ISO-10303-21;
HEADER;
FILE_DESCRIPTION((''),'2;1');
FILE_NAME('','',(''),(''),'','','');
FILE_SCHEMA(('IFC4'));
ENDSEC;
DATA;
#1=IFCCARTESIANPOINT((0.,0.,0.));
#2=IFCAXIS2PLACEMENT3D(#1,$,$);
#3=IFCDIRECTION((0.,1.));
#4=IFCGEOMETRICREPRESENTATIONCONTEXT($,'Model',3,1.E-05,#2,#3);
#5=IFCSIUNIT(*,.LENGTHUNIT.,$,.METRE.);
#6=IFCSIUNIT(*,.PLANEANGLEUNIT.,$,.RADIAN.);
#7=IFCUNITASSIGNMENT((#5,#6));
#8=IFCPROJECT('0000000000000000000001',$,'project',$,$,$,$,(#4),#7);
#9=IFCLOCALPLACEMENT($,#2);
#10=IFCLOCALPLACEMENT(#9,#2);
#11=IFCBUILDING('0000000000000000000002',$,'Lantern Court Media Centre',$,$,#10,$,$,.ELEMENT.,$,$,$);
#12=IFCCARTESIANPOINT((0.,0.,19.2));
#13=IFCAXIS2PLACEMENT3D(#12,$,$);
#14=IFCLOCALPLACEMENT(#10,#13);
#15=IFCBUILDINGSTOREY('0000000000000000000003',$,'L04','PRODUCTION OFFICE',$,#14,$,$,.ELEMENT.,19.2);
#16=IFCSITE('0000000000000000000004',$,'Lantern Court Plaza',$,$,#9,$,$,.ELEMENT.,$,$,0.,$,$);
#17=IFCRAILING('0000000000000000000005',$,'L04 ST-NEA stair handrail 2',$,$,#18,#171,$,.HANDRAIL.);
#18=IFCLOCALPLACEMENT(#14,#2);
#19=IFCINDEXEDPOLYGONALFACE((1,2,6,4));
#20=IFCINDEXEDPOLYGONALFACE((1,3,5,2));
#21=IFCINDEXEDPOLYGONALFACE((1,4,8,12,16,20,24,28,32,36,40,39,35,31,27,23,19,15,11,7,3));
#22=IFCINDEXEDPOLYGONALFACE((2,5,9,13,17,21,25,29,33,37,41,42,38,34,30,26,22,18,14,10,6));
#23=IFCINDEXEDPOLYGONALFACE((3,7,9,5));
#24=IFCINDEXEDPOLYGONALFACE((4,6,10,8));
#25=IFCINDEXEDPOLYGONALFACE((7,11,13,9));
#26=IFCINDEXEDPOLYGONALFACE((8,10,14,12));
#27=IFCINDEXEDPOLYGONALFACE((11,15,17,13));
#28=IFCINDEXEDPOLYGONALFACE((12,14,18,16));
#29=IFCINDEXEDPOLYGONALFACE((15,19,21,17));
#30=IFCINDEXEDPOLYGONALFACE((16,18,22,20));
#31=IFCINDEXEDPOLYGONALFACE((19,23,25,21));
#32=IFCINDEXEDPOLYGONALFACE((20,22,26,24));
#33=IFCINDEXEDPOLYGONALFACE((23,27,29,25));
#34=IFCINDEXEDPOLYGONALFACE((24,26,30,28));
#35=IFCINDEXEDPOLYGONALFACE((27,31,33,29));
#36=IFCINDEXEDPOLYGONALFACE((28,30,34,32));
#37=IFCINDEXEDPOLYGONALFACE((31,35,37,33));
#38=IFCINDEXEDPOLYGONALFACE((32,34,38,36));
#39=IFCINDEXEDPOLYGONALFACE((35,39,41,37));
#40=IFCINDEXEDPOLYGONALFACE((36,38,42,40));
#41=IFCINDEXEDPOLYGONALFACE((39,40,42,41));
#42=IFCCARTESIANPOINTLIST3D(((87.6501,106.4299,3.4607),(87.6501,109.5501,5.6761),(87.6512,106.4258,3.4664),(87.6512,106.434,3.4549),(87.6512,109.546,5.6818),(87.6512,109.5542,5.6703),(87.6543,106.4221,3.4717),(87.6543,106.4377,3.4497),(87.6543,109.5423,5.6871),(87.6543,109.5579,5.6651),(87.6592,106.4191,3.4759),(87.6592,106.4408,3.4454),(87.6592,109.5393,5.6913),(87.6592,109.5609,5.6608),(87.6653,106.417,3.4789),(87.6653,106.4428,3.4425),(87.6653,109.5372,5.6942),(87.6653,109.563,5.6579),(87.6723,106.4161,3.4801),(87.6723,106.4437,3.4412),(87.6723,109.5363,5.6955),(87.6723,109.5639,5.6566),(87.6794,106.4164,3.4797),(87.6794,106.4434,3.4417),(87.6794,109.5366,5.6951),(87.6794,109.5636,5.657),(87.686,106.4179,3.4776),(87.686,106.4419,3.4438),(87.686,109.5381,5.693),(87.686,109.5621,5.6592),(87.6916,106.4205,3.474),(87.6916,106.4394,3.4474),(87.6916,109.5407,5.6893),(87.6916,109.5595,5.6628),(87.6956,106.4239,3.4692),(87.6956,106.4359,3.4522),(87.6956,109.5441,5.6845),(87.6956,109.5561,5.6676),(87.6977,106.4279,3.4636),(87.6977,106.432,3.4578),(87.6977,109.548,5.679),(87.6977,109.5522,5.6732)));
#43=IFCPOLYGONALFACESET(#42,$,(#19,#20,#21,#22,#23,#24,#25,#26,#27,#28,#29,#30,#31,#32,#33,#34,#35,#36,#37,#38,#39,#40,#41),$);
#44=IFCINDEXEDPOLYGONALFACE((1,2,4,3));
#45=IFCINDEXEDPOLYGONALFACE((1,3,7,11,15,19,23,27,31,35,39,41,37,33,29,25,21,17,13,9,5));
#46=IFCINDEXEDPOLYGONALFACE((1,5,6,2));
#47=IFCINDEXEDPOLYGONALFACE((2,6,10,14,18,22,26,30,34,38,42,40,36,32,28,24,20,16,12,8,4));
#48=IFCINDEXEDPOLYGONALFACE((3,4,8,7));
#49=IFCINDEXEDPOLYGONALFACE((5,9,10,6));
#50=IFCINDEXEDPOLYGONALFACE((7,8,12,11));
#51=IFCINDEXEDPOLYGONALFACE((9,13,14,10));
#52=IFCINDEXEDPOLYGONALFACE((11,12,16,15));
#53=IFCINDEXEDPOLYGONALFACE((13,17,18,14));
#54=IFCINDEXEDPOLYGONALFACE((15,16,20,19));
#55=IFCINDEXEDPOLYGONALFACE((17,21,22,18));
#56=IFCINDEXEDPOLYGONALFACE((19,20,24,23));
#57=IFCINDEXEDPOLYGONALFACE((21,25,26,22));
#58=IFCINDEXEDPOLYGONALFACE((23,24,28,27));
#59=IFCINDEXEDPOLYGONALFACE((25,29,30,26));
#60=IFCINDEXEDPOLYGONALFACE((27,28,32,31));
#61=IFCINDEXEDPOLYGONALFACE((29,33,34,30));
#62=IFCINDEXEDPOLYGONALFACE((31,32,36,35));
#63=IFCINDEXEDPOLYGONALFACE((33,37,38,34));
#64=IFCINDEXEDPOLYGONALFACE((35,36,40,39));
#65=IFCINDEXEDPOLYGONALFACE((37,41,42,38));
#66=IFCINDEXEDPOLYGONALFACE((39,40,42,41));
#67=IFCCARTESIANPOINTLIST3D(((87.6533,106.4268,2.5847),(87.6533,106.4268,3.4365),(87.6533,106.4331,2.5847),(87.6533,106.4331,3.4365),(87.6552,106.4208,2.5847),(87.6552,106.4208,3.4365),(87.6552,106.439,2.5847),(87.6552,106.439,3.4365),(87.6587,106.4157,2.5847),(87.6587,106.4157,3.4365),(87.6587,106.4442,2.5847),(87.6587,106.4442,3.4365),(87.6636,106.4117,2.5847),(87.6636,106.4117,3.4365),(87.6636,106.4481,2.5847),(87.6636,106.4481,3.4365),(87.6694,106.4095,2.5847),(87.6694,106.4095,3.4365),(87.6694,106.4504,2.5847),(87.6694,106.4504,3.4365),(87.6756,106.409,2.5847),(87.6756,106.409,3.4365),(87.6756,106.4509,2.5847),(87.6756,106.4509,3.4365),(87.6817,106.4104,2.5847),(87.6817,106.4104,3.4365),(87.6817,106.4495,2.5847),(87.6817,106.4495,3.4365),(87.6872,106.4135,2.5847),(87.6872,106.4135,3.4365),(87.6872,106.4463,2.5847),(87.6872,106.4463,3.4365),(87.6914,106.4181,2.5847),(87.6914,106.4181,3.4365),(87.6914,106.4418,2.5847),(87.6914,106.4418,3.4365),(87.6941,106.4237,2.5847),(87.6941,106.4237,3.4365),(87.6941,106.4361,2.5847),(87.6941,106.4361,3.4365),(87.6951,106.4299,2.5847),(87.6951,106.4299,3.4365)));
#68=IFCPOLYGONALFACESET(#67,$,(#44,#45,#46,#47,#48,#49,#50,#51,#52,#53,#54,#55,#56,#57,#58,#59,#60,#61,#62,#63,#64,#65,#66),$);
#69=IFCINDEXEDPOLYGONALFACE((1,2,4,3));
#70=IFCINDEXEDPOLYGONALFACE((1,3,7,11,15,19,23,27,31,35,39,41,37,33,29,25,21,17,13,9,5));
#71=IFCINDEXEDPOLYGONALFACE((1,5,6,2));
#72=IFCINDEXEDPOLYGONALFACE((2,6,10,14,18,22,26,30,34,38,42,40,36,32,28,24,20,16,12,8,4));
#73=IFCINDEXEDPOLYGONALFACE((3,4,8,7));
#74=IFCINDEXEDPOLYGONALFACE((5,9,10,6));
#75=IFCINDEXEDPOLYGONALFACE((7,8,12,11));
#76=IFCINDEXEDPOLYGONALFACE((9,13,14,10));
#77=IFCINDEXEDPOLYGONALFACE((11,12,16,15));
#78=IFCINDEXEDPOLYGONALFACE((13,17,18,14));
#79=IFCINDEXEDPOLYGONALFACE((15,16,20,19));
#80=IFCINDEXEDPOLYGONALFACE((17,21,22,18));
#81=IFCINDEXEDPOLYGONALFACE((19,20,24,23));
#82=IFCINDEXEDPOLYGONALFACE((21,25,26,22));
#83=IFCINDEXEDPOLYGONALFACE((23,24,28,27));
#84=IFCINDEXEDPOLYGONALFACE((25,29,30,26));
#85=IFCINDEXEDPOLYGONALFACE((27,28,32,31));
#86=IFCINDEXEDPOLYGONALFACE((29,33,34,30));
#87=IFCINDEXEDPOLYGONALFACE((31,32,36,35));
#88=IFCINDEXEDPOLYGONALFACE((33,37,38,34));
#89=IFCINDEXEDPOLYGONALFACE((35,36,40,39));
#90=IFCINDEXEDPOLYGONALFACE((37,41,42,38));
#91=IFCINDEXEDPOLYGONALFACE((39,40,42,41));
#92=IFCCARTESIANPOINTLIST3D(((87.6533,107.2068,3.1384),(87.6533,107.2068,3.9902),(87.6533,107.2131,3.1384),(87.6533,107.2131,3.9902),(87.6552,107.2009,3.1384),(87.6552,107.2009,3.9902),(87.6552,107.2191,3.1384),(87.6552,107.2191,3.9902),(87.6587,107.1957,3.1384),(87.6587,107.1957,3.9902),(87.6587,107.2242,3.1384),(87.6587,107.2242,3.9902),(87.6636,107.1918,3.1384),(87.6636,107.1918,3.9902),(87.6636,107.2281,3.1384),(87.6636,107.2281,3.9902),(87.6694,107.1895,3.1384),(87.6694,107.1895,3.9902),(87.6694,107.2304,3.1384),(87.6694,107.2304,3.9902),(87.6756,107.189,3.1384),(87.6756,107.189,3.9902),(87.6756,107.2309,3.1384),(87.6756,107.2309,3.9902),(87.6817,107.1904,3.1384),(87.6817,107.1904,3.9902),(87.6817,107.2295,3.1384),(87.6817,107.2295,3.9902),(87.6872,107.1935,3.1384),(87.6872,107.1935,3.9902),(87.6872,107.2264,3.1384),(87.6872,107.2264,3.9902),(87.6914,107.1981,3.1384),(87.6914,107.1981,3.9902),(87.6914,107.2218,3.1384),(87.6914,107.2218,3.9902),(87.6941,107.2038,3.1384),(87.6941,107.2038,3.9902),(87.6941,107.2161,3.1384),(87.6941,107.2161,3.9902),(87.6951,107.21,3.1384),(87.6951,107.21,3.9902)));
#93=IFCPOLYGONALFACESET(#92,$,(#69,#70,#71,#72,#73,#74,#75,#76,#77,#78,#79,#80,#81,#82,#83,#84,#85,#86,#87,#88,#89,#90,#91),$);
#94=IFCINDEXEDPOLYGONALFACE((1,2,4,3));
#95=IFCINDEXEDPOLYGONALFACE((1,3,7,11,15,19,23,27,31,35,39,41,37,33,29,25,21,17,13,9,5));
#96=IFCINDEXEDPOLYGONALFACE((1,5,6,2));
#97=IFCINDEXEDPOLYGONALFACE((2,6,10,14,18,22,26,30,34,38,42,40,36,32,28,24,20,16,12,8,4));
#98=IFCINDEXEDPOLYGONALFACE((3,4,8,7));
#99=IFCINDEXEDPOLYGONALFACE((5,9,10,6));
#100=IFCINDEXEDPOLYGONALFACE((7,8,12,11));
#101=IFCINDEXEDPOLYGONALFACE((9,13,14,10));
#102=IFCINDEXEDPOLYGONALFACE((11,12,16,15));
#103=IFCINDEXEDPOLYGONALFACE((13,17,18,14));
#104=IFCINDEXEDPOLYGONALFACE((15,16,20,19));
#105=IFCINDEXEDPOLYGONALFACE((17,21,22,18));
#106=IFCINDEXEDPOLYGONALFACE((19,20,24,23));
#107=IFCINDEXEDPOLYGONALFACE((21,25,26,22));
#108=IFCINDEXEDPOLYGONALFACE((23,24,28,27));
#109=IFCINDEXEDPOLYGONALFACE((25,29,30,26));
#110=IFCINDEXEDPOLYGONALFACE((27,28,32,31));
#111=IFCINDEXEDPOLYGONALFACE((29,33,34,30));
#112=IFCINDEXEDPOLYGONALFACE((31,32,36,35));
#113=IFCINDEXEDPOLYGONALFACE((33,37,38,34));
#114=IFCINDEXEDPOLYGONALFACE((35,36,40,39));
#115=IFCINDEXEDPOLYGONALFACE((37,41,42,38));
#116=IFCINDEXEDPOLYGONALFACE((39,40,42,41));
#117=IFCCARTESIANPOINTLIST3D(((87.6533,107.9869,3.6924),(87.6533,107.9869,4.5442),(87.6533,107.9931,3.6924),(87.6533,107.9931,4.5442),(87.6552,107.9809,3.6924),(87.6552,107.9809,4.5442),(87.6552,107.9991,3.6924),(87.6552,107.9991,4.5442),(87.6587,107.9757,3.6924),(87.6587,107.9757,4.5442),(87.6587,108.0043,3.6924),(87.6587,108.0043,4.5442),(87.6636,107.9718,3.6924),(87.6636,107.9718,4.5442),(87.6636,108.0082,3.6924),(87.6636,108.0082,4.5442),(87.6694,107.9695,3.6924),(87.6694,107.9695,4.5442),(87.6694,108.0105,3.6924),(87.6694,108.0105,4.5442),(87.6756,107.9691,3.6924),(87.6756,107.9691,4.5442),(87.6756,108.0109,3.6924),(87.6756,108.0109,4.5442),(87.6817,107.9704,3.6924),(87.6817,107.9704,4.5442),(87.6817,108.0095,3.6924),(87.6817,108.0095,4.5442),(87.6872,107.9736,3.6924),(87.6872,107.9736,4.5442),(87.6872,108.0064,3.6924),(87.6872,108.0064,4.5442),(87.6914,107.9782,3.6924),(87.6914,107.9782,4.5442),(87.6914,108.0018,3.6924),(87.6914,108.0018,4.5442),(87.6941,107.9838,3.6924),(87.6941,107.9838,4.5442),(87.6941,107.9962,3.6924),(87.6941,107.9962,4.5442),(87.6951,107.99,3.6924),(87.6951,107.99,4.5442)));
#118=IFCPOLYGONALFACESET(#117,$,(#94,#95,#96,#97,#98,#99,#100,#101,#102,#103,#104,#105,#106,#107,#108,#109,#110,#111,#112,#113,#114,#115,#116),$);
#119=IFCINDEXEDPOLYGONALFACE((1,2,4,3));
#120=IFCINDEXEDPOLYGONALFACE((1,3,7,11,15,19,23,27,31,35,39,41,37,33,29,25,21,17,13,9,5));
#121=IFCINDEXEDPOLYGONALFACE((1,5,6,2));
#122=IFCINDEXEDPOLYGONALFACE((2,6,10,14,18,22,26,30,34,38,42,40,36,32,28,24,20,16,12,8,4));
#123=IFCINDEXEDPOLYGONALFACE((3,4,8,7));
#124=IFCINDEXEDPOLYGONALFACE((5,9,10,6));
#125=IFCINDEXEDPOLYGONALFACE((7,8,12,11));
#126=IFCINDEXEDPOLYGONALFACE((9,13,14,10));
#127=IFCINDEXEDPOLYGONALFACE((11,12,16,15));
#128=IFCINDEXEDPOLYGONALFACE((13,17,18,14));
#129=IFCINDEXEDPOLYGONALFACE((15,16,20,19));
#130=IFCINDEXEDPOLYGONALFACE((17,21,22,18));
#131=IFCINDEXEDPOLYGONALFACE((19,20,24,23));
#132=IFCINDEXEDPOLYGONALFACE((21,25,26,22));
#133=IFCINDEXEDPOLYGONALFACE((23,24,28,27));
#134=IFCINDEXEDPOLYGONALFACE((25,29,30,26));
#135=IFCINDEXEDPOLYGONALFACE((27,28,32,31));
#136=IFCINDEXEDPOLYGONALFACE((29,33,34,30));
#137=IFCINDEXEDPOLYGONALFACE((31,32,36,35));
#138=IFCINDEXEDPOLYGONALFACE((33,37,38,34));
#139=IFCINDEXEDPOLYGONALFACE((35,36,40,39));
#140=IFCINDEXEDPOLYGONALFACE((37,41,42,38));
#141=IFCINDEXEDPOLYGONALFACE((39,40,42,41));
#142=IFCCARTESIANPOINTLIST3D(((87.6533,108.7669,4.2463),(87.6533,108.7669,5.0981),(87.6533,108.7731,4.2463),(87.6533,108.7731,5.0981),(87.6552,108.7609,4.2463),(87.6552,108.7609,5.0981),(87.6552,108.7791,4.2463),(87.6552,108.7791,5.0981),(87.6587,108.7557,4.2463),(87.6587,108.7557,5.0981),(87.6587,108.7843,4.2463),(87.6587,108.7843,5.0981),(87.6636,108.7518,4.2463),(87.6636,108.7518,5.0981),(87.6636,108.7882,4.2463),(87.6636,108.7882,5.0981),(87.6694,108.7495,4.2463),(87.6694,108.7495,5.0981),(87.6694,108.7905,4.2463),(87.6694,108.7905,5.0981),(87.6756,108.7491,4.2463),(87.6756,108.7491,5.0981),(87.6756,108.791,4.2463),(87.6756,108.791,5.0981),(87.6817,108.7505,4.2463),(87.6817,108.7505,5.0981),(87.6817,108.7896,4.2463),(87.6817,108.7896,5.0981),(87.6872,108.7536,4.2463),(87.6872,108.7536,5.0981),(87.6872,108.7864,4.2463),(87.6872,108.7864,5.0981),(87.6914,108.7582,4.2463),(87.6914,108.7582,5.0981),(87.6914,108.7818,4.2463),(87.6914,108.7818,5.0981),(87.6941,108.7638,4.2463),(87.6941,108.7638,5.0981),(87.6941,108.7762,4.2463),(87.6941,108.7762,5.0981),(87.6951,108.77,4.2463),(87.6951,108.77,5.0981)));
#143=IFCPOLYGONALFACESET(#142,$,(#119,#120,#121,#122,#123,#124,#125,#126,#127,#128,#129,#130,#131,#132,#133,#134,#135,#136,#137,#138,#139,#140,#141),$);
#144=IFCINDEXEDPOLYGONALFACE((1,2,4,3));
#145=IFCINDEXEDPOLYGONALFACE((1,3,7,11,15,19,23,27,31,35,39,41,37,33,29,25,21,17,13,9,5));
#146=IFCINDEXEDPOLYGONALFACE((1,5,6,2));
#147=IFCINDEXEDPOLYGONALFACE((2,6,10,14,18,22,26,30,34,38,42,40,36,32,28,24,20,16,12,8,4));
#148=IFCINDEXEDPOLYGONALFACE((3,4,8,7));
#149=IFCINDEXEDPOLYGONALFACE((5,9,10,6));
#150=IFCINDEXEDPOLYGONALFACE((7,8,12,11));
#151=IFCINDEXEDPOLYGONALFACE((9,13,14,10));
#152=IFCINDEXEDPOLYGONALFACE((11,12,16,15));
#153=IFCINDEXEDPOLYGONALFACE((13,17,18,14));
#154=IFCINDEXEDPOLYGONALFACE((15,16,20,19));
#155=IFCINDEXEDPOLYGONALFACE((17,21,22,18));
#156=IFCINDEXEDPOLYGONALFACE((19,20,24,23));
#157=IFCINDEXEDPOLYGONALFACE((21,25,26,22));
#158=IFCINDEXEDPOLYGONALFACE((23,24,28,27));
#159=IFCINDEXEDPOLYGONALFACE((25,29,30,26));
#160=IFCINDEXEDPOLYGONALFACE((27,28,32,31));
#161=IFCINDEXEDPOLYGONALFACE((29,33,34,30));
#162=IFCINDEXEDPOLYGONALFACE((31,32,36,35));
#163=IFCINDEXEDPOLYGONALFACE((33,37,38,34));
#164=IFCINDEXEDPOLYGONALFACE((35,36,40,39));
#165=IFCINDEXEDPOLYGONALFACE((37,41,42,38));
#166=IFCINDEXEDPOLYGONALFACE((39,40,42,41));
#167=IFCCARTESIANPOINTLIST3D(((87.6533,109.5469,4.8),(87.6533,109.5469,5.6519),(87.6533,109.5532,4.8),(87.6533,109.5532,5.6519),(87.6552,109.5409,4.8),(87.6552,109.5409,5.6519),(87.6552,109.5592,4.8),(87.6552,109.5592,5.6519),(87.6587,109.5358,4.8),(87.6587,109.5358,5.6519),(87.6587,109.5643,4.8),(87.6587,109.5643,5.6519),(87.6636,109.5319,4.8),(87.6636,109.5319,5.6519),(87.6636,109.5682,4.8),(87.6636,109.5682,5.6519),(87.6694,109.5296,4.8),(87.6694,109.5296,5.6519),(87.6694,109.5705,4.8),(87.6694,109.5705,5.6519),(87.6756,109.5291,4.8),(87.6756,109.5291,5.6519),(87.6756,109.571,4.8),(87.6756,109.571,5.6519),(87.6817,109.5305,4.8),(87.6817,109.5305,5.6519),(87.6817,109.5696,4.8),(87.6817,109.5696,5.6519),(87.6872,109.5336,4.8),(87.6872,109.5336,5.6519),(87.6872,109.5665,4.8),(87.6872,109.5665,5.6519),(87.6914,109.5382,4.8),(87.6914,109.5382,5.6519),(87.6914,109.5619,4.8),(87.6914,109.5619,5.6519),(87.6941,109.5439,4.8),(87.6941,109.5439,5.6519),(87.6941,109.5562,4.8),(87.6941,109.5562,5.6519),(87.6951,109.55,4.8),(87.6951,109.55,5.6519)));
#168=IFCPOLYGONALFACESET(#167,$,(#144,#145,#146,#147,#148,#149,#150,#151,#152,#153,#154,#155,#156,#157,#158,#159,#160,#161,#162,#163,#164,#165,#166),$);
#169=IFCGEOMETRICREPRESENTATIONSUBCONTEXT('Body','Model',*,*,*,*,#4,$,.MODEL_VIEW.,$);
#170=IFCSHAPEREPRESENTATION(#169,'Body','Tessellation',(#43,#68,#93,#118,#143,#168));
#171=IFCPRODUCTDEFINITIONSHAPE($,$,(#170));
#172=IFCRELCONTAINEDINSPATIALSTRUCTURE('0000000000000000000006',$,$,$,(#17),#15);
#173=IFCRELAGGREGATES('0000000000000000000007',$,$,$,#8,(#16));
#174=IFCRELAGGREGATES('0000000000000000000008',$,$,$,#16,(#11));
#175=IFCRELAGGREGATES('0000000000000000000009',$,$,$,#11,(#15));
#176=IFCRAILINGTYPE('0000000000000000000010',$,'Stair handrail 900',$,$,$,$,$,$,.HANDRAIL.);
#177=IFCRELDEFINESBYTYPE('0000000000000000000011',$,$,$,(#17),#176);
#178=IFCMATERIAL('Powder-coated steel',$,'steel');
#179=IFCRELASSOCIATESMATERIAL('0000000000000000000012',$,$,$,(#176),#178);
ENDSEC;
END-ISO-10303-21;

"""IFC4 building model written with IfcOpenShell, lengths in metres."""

from ifc_helpers import new_model, si_unit, direction, frame, origin, origin_2d, place, context, subcontext, project, spatial, circle, extrude, material, type_object, element, save


model = new_model("IFC4")

# Units and contexts
model_context = context("Model", 3, precision=1e-05, world=origin(), true_north=direction((0.0, 1.0)))
body_context = subcontext(model_context, "Body", "Model", "MODEL_VIEW")
ifc_project = project(units=[si_unit("LENGTHUNIT", "METRE"), si_unit("PLANEANGLEUNIT", "RADIAN")], contexts=[model_context])

# Site, building, storey
site_placement = place(None, origin())
site = spatial("IfcSite", under=ifc_project, at=site_placement, Name="Lantern Court Plaza", CompositionType="ELEMENT", RefElevation=0.0)
building_placement = place(site_placement, origin())
building = spatial("IfcBuilding", under=site, at=building_placement, Name="Lantern Court Media Centre", CompositionType="ELEMENT")
storey_placement = place(building_placement, frame((0.0, 0.0, 19.2)))
storey = spatial("IfcBuildingStorey", under=building, at=storey_placement, Name="L04", Description="PRODUCTION OFFICE", CompositionType="ELEMENT", Elevation=19.2)

# Railing
ifc_material_1 = material(Name="Powder-coated steel", Category="steel")
railing_type = type_object("IfcRailingType", Name="Stair handrail 900", PredefinedType="HANDRAIL", material=ifc_material_1)
railing_placement = place(storey_placement, frame((87.6741, 106.4299, 2.5847)))
element("IfcRailing", 1, at=railing_placement, inside=storey, type_object=railing_type, Name="L04 ST-NEA stair handrail 2", PredefinedType="HANDRAIL", context=body_context, shape_type="SweptSolid", body=[
    extrude(circle(Radius=0.0239, at=origin_2d()), frame((0.0, 0.0, 0.876), z_axis=(0.0, 0.815377, 0.57893), x_axis=(-1.0, 0.0, 0.0)), (0.0, 0.0, 1.0), 3.8267),
    extrude(circle(Radius=0.021, at=origin_2d()), origin(), (0.0, 0.0, 1.0), 0.8518),
    extrude(circle(Radius=0.021, at=origin_2d()), frame((0.0, 0.78, 0.5537)), (0.0, 0.0, 1.0), 0.8518),
    extrude(circle(Radius=0.021, at=origin_2d()), frame((0.0, 1.5601, 1.1077)), (0.0, 0.0, 1.0), 0.8518),
    extrude(circle(Radius=0.021, at=origin_2d()), frame((0.0, 2.3401, 1.6616)), (0.0, 0.0, 1.0), 0.8518),
    extrude(circle(Radius=0.021, at=origin_2d()), frame((0.0, 3.1201, 2.2153)), (0.0, 0.0, 1.0), 0.8518),
])

save(model, "model.ifc")
